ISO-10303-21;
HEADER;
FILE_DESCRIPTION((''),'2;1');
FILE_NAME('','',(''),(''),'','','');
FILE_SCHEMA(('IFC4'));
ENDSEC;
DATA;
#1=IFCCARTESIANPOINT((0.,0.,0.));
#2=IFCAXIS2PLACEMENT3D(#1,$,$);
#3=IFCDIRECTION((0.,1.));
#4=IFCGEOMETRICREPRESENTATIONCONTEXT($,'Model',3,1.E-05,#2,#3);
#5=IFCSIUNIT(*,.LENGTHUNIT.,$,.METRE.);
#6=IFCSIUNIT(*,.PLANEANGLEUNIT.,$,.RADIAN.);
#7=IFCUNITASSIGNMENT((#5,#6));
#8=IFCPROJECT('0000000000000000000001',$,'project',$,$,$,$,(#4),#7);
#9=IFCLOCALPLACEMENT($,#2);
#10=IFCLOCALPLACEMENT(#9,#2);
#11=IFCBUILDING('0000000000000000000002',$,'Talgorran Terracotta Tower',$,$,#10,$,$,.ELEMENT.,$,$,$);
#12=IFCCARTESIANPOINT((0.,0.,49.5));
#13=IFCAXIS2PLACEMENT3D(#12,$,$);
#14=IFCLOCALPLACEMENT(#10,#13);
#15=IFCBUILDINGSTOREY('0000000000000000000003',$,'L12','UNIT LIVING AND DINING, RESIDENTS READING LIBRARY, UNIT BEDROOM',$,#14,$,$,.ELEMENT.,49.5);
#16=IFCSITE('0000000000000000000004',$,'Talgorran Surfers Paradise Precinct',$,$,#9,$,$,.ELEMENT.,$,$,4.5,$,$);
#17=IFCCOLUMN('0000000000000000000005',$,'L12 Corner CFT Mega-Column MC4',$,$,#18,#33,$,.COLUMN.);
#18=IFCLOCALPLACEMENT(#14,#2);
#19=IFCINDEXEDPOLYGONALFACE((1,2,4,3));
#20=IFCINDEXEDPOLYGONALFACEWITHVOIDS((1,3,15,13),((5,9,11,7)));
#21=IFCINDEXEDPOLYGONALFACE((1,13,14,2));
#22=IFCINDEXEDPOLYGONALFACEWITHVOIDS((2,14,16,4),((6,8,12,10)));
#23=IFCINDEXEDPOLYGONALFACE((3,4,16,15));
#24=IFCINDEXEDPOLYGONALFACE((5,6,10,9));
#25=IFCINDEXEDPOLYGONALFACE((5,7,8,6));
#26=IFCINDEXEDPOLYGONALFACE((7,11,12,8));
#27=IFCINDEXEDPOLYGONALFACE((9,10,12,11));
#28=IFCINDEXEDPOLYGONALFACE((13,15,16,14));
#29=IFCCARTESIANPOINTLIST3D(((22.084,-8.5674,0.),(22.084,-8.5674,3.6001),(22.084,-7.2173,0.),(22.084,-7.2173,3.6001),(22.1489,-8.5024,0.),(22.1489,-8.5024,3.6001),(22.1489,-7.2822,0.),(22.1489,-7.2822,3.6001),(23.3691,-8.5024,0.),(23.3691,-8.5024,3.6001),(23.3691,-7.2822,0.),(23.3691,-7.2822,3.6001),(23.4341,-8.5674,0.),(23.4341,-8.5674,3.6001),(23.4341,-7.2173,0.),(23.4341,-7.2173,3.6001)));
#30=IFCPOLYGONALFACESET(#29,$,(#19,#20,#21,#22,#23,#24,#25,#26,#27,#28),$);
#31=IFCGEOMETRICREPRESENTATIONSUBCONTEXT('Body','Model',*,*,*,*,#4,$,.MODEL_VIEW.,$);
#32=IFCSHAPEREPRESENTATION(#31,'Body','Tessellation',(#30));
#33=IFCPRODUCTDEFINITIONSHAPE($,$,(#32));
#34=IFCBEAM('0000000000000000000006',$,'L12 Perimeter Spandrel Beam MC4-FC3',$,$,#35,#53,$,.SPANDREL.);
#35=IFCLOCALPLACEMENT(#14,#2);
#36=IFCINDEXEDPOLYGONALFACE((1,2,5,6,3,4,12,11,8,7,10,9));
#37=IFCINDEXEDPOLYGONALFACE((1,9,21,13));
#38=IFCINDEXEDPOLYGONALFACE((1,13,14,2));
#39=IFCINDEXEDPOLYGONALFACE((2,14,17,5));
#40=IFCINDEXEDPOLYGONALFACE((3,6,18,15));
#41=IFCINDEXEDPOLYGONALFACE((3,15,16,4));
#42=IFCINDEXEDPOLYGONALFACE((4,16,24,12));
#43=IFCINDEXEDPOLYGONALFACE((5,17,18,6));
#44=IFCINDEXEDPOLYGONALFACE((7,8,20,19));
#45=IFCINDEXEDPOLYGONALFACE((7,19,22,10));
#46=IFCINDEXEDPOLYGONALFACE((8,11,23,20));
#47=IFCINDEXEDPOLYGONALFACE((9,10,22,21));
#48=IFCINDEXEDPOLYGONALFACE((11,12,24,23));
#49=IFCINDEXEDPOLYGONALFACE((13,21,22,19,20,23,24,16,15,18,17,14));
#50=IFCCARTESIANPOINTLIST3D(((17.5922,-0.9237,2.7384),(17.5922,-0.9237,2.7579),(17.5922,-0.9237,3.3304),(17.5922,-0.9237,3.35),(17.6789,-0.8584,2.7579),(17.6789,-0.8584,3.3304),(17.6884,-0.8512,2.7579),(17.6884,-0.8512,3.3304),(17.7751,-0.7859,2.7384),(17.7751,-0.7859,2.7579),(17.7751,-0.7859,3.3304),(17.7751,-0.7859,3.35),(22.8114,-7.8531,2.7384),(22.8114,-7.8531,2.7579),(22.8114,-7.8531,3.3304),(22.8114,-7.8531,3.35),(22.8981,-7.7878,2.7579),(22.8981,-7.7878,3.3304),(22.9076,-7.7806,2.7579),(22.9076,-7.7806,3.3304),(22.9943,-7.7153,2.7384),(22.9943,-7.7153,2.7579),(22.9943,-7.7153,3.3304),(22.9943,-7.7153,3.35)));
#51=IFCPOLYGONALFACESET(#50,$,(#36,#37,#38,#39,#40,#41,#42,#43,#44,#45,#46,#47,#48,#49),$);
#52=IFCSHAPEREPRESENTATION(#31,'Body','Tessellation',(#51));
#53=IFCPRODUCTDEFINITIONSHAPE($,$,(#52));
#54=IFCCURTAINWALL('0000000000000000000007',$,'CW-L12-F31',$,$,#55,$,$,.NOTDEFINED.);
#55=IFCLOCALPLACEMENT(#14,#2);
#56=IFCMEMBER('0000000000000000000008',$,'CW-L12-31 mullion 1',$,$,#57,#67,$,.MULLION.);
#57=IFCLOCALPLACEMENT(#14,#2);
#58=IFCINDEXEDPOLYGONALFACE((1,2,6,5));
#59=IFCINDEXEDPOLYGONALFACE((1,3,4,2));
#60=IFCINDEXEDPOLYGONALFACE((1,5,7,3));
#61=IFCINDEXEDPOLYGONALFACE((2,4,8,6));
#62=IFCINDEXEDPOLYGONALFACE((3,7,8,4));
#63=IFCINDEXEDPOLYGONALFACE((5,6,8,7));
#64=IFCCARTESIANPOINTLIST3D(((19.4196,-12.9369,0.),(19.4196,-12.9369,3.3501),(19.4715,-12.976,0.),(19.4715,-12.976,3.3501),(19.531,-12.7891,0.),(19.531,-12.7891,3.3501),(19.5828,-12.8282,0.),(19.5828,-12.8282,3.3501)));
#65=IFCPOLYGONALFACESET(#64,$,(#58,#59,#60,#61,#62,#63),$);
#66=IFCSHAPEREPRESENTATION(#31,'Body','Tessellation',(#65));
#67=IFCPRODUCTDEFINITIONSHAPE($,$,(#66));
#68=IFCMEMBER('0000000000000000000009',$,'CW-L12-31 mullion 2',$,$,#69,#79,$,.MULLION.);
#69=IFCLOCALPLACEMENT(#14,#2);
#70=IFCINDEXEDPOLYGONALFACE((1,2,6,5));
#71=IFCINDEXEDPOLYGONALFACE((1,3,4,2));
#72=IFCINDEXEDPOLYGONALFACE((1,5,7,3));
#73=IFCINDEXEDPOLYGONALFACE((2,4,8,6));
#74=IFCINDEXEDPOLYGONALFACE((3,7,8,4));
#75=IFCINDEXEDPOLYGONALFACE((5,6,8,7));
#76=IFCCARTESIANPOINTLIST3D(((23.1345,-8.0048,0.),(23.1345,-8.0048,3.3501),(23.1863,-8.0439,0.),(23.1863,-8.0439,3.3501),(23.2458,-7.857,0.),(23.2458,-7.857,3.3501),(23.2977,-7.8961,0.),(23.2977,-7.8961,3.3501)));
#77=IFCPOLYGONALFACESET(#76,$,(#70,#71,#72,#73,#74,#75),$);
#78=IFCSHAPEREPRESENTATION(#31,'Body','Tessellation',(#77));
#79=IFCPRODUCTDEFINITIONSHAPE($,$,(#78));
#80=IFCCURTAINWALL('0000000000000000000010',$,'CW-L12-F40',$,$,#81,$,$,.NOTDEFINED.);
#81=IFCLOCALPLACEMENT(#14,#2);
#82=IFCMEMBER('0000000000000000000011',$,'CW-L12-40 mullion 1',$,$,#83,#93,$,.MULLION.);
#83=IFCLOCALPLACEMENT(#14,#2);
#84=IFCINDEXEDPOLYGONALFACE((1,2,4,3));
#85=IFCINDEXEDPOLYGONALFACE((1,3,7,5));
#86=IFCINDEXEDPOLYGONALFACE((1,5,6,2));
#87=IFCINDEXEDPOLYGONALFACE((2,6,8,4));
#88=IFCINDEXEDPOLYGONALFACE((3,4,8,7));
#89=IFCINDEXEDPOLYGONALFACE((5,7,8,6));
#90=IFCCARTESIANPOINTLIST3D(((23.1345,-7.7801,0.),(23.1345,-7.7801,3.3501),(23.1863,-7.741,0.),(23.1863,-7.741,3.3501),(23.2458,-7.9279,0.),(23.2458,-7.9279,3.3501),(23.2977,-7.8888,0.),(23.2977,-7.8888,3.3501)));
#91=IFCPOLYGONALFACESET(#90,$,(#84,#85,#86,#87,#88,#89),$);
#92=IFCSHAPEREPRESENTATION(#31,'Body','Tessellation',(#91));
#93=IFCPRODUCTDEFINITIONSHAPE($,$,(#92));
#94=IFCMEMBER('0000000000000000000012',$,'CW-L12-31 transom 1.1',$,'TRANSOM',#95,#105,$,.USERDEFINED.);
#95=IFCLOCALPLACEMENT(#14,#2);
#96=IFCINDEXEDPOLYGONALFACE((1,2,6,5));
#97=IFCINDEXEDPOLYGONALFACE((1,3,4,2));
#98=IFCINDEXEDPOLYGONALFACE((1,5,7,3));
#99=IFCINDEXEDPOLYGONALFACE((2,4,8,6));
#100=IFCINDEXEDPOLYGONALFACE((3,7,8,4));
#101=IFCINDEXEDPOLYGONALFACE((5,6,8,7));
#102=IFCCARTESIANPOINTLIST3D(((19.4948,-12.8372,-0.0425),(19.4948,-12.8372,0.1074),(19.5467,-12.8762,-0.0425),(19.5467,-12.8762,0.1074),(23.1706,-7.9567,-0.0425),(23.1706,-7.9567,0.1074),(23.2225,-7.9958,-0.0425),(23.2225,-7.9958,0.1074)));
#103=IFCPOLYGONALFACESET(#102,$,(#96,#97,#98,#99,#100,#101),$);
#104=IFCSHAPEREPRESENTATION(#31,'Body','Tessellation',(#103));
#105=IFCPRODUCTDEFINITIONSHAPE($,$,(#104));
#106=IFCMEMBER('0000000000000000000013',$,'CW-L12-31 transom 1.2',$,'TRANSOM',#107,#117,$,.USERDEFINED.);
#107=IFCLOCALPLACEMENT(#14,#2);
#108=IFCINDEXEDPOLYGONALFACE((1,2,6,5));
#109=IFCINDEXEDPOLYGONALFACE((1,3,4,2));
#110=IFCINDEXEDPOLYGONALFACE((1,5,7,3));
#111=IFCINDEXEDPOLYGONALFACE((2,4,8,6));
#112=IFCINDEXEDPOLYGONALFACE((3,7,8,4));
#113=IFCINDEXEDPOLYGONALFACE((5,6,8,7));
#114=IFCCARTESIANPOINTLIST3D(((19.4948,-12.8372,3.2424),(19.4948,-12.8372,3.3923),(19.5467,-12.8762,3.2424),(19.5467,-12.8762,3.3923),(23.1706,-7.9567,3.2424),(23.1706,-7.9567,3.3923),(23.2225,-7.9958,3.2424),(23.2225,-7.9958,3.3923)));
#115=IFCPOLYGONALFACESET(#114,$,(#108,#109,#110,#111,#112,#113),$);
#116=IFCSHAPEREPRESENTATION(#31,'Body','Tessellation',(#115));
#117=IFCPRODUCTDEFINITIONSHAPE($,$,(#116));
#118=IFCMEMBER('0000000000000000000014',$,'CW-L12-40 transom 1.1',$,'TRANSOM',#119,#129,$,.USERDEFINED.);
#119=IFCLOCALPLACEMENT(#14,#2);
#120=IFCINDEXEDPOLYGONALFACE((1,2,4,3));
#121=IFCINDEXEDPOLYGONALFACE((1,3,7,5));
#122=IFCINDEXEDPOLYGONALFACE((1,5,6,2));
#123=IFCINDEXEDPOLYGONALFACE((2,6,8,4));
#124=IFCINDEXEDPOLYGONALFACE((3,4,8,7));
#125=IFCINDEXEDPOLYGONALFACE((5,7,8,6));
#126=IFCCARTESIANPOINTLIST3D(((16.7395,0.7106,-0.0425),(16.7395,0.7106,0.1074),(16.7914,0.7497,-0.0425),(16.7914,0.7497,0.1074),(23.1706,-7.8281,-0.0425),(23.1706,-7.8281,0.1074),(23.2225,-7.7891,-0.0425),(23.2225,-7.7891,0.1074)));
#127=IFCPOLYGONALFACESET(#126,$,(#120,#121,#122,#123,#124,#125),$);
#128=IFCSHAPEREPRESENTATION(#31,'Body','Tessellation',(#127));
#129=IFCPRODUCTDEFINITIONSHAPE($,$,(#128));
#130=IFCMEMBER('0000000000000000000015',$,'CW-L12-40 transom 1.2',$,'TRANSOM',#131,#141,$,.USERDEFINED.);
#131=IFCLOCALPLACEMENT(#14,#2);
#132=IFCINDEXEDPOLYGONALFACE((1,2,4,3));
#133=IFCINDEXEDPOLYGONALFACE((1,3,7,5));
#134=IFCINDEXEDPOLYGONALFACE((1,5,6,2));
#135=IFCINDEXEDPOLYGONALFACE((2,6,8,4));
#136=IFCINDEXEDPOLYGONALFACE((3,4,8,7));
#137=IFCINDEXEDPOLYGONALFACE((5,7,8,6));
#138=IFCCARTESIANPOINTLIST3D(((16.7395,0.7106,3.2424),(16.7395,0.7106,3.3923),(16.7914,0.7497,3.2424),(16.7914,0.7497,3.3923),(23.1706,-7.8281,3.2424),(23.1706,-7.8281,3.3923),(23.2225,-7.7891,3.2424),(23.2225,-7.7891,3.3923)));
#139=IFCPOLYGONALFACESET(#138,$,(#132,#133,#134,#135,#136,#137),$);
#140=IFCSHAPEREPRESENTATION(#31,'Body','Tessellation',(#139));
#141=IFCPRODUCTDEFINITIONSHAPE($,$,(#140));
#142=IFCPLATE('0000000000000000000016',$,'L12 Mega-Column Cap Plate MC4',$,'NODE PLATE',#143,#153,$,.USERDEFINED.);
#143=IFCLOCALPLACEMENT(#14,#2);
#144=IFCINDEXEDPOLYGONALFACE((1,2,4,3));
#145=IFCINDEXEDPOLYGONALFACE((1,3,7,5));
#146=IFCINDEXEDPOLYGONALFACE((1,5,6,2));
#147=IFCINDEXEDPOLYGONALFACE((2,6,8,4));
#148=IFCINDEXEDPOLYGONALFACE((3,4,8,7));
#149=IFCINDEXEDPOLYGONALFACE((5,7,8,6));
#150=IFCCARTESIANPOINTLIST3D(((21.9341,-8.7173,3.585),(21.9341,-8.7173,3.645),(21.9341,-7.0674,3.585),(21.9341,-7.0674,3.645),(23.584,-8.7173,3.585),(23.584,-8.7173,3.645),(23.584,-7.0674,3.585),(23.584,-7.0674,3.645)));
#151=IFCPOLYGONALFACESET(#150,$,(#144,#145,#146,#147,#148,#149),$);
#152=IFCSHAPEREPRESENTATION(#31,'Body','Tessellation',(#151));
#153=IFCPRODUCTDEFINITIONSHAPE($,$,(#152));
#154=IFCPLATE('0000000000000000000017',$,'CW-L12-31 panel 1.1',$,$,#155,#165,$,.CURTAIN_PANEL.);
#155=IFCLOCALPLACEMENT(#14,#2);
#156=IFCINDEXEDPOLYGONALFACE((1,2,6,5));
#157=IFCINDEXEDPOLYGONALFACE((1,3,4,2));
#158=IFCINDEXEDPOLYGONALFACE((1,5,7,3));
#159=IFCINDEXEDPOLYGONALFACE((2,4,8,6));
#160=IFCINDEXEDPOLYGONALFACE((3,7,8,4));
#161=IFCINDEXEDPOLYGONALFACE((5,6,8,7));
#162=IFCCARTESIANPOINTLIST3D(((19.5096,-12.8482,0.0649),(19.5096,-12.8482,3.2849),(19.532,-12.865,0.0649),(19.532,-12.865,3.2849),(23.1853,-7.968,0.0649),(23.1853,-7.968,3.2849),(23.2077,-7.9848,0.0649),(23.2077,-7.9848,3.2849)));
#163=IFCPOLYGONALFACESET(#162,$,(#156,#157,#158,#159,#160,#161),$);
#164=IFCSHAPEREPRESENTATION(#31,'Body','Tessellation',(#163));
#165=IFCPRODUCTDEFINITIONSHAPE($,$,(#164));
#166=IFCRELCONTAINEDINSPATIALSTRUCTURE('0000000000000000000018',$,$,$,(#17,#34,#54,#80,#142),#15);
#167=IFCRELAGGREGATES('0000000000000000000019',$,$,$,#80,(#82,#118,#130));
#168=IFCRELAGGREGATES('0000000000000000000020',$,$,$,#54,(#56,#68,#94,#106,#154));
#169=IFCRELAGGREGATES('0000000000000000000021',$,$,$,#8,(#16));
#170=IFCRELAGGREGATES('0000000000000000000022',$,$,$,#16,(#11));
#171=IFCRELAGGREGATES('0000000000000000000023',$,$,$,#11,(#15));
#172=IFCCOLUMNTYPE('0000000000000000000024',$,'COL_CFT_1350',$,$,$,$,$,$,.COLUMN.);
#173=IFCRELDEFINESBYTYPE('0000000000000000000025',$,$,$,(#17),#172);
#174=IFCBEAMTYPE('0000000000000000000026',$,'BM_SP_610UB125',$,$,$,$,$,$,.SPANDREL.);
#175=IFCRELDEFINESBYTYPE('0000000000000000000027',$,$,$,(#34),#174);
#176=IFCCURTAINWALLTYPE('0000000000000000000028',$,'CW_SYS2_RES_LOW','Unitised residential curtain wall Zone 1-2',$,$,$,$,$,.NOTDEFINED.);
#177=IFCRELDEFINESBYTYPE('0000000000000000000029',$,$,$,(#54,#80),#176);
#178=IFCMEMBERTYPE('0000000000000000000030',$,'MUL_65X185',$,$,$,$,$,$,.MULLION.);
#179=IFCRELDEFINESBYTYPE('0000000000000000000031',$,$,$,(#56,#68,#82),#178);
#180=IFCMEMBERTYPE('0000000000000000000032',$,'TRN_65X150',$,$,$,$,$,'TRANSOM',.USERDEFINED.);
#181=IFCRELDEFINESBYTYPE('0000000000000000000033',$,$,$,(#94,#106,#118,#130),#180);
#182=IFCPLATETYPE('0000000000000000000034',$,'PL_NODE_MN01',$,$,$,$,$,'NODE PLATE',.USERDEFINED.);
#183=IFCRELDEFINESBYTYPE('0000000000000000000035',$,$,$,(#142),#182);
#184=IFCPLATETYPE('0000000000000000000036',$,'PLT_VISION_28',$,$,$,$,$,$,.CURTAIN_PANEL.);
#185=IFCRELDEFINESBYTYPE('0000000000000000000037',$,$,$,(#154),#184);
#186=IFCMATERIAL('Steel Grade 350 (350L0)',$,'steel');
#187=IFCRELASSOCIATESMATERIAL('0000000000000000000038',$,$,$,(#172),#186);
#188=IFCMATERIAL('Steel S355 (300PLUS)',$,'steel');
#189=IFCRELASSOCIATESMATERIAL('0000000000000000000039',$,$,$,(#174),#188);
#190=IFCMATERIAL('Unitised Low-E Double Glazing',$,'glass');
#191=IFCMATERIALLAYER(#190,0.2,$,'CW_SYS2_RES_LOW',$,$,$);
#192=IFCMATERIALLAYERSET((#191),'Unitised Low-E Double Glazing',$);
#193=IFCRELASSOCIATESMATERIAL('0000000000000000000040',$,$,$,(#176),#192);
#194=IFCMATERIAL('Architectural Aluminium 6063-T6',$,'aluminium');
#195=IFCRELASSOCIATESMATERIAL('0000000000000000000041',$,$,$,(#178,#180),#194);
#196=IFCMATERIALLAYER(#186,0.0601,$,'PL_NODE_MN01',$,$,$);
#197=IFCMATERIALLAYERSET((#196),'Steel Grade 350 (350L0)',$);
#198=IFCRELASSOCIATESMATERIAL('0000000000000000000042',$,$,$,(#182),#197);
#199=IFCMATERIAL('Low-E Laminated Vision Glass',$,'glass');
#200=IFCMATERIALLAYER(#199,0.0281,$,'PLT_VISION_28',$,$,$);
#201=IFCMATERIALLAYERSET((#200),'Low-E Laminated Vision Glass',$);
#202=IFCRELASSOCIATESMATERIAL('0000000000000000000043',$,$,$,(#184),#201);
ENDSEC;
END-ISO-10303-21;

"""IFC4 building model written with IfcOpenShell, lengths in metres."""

from ifc_helpers import new_model, si_unit, direction, frame, origin, origin_2d, place, context, subcontext, project, spatial, rectangle, hollow_rectangle, i_section, extrude, source, transform, mapped, material, layer, layer_set, material_profile, profile_set, type_object, type_shapes, element, aggregate, save


model = new_model("IFC4")

# Units and contexts
model_context = context("Model", 3, precision=1e-05, world=origin(), true_north=direction((0.0, 1.0)))
body_context = subcontext(model_context, "Body", "Model", "MODEL_VIEW")
ifc_project = project(units=[si_unit("LENGTHUNIT", "METRE"), si_unit("PLANEANGLEUNIT", "RADIAN")], contexts=[model_context])

# Site, building, storey
site_placement = place(None, origin())
site = spatial("IfcSite", under=ifc_project, at=site_placement, Name="Talgorran Surfers Paradise Precinct", CompositionType="ELEMENT", RefElevation=4.5)
building_placement = place(site_placement, origin())
building = spatial("IfcBuilding", under=site, at=building_placement, Name="Talgorran Terracotta Tower", CompositionType="ELEMENT")
storey_placement = place(building_placement, frame((0.0, 0.0, 49.5)))
storey = spatial("IfcBuildingStorey", under=building, at=storey_placement, Name="L12", Description="UNIT LIVING AND DINING, RESIDENTS READING LIBRARY, UNIT BEDROOM", CompositionType="ELEMENT", Elevation=49.5)

# Column
ifc_material_1 = material(Name="Steel Grade 350 (350L0)", Category="steel")
ifc_material_profile_1 = material_profile(ifc_material_1, hollow_rectangle(XDim=1.3501, YDim=1.3501, WallThickness=0.0649, at=origin_2d()), Name="CFT1350X1350X65")
ifc_profile_set_1 = profile_set([ifc_material_profile_1], Name="Steel Grade 350 (350L0)")
column_type = type_object("IfcColumnType", Name="COL_CFT_1350", PredefinedType="COLUMN", material=ifc_profile_set_1)
column_placement = place(storey_placement, frame((22.759, -7.8923, 0.0), z_axis=(0.0, 0.0, 1.0), x_axis=(1.0, 0.0, 0.0)))
element("IfcColumn", 1, at=column_placement, inside=storey, type_object=column_type, Name="L12 Corner CFT Mega-Column MC4", PredefinedType="COLUMN", context=body_context, shape_type="SweptSolid", body=[
    extrude(hollow_rectangle(XDim=1.3501, YDim=1.3501, WallThickness=0.0649, at=origin_2d()), origin(), (0.0, 0.0, 1.0), 3.6001),
])

# Beam
ifc_material_2 = material(Name="Steel S355 (300PLUS)", Category="steel")
ifc_material_profile_2 = material_profile(ifc_material_2, i_section(OverallWidth=0.229, OverallDepth=0.6116, WebThickness=0.012, FlangeThickness=0.0195, at=origin_2d()), Name="610UB125")
ifc_profile_set_2 = profile_set([ifc_material_profile_2], Name="Steel S355 (300PLUS)")
beam_type = type_object("IfcBeamType", Name="BM_SP_610UB125", PredefinedType="SPANDREL", material=ifc_profile_set_2)
beam_placement = place(storey_placement, frame((22.9028, -7.7842, 3.0442), z_axis=(-0.601633, 0.798772, 0.0), x_axis=(-0.798772, -0.601633, 0.0)))
element("IfcBeam", 2, at=beam_placement, inside=storey, type_object=beam_type, Name="L12 Perimeter Spandrel Beam MC4-FC3", PredefinedType="SPANDREL", context=body_context, shape_type="SweptSolid", body=[
    extrude(i_section(OverallWidth=0.229, OverallDepth=0.6116, WebThickness=0.012, FlangeThickness=0.0195, at=origin_2d()), origin(), (0.0, 0.0, 1.0), 8.675),
])

# Curtain wall, members
ifc_material_3 = material(Name="Unitised Low-E Double Glazing", Category="glass")
ifc_layer_1 = layer(ifc_material_3, 0.2, Name="CW_SYS2_RES_LOW")
ifc_layer_set_1 = layer_set([ifc_layer_1], Name="Unitised Low-E Double Glazing")
curtain_wall_type = type_object("IfcCurtainWallType", Name="CW_SYS2_RES_LOW", Description="Unitised residential curtain wall Zone 1-2", PredefinedType="NOTDEFINED", material=ifc_layer_set_1)
curtain_wall_1_placement = place(storey_placement, origin())
curtain_wall_1 = element("IfcCurtainWall", 3, at=curtain_wall_1_placement, inside=storey, type_object=curtain_wall_type, Name="CW-L12-F31", PredefinedType="NOTDEFINED")
ifc_material_4 = material(Name="Architectural Aluminium 6063-T6", Category="aluminium")
ifc_material_profile_3 = material_profile(ifc_material_4, rectangle(XDim=0.0649, YDim=0.1851, at=origin_2d()), Name="CWM65X185")
ifc_profile_set_3 = profile_set([ifc_material_profile_3], Name="Architectural Aluminium 6063-T6")
member_type_1 = type_object("IfcMemberType", Name="MUL_65X185", PredefinedType="MULLION", material=ifc_profile_set_3)
member_1_placement = place(storey_placement, frame((19.5012, -12.8826, 0.0), z_axis=(0.0, 0.0, 1.0), x_axis=(-0.798773, 0.601632, 0.0)))
member_1 = element("IfcMember", 4, at=member_1_placement, type_object=member_type_1, Name="CW-L12-31 mullion 1", PredefinedType="MULLION", context=body_context, shape_type="SweptSolid", body=[
    extrude(rectangle(XDim=0.0649, YDim=0.1851, at=origin_2d()), origin(), (0.0, 0.0, 1.0), 3.3501),
])
member_2_placement = place(storey_placement, frame((23.2161, -7.9504, 0.0), z_axis=(0.0, 0.0, 1.0), x_axis=(-0.798773, 0.601632, 0.0)))
member_2 = element("IfcMember", 5, at=member_2_placement, type_object=member_type_1, Name="CW-L12-31 mullion 2", PredefinedType="MULLION", context=body_context, shape_type="SweptSolid", body=[
    extrude(rectangle(XDim=0.0649, YDim=0.1851, at=origin_2d()), origin(), (0.0, 0.0, 1.0), 3.3501),
])

# Curtain wall, member
curtain_wall_2_placement = place(storey_placement, origin())
curtain_wall_2 = element("IfcCurtainWall", 6, at=curtain_wall_2_placement, inside=storey, type_object=curtain_wall_type, Name="CW-L12-F40", PredefinedType="NOTDEFINED")
member_3_placement = place(storey_placement, frame((23.2161, -7.8345, 0.0), z_axis=(0.0, 0.0, 1.0), x_axis=(-0.798777, -0.601627, 0.0)))
member_3 = element("IfcMember", 7, at=member_3_placement, type_object=member_type_1, Name="CW-L12-40 mullion 1", PredefinedType="MULLION", context=body_context, shape_type="SweptSolid", body=[
    extrude(rectangle(XDim=0.0649, YDim=0.1851, at=origin_2d()), origin(), (0.0, 0.0, 1.0), 3.3501),
])

# Members
ifc_material_profile_4 = material_profile(ifc_material_4, rectangle(XDim=0.0649, YDim=0.1499, at=origin_2d()), Name="CWT65X150")
ifc_profile_set_4 = profile_set([ifc_material_profile_4], Name="Architectural Aluminium 6063-T6")
member_type_2 = type_object("IfcMemberType", Name="TRN_65X150", ElementType="TRANSOM", PredefinedType="USERDEFINED", material=ifc_profile_set_4)
member_4_placement = place(storey_placement, frame((19.5208, -12.8567, 0.0325), z_axis=(0.601623, 0.79878, 0.0), x_axis=(-0.79878, 0.601623, 0.0)))
member_4 = element("IfcMember", 8, at=member_4_placement, type_object=member_type_2, Name="CW-L12-31 transom 1.1", ObjectType="TRANSOM", PredefinedType="USERDEFINED", context=body_context, shape_type="SweptSolid", body=[
    extrude(rectangle(XDim=0.0649, YDim=0.1499, at=origin_2d()), origin(), (0.0, 0.0, 1.0), 6.1099),
])
member_5_placement = place(storey_placement, frame((19.5208, -12.8567, 3.3174), z_axis=(0.601623, 0.79878, 0.0), x_axis=(-0.79878, 0.601623, 0.0)))
member_5 = element("IfcMember", 9, at=member_5_placement, type_object=member_type_2, Name="CW-L12-31 transom 1.2", ObjectType="TRANSOM", PredefinedType="USERDEFINED", context=body_context, shape_type="SweptSolid", body=[
    extrude(rectangle(XDim=0.0649, YDim=0.1499, at=origin_2d()), origin(), (0.0, 0.0, 1.0), 6.1099),
])
member_6_placement = place(storey_placement, frame((23.1965, -7.8086, 0.0325), z_axis=(-0.601618, 0.798784, 0.0), x_axis=(-0.798784, -0.601618, 0.0)))
member_6 = element("IfcMember", 10, at=member_6_placement, type_object=member_type_2, Name="CW-L12-40 transom 1.1", ObjectType="TRANSOM", PredefinedType="USERDEFINED", context=body_context, shape_type="SweptSolid", body=[
    extrude(rectangle(XDim=0.0649, YDim=0.1499, at=origin_2d()), origin(), (0.0, 0.0, 1.0), 10.6897),
])
member_7_placement = place(storey_placement, frame((23.1965, -7.8086, 3.3174), z_axis=(-0.601618, 0.798784, 0.0), x_axis=(-0.798784, -0.601618, 0.0)))
member_7 = element("IfcMember", 11, at=member_7_placement, type_object=member_type_2, Name="CW-L12-40 transom 1.2", ObjectType="TRANSOM", PredefinedType="USERDEFINED", context=body_context, shape_type="SweptSolid", body=[
    extrude(rectangle(XDim=0.0649, YDim=0.1499, at=origin_2d()), origin(), (0.0, 0.0, 1.0), 10.6897),
])
aggregate(curtain_wall_2, [member_3, member_6, member_7])

# Plates
ifc_layer_2 = layer(ifc_material_1, 0.0601, Name="PL_NODE_MN01")
ifc_layer_set_2 = layer_set([ifc_layer_2], Name="Steel Grade 350 (350L0)")
plate_type_1 = type_object("IfcPlateType", Name="PL_NODE_MN01", ElementType="NODE PLATE", PredefinedType="USERDEFINED", material=ifc_layer_set_2)
plate_1_placement = place(storey_placement, frame((22.759, -7.8923, 3.585), z_axis=(0.0, 0.0, 1.0), x_axis=(1.0, 0.0, 0.0)))
element("IfcPlate", 12, at=plate_1_placement, inside=storey, type_object=plate_type_1, Name="L12 Mega-Column Cap Plate MC4", ObjectType="NODE PLATE", PredefinedType="USERDEFINED", context=body_context, shape_type="SweptSolid", body=[
    extrude(rectangle(XDim=1.6499, YDim=1.6499, at=origin_2d()), origin(), (0.0, 0.0, 1.0), 0.0601),
])
ifc_material_5 = material(Name="Low-E Laminated Vision Glass", Category="glass")
ifc_layer_3 = layer(ifc_material_5, 0.0281, Name="PLT_VISION_28")
ifc_layer_set_3 = layer_set([ifc_layer_3], Name="Low-E Laminated Vision Glass")
plate_type_2 = type_object("IfcPlateType", Name="PLT_VISION_28", PredefinedType="CURTAIN_PANEL", material=ifc_layer_set_3)
shared_shape = source(origin(), body_context, "Body", "SweptSolid", [
    extrude(rectangle(XDim=6.1096, YDim=0.0281, at=origin_2d()), origin(), (0.0, 0.0, 1.0), 3.22),
])
type_shapes(plate_type_2, [shared_shape])
plate_2_placement = place(storey_placement, frame((21.3586, -10.4165, 0.0649), z_axis=(0.0, 0.0, 1.0), x_axis=(0.601632, 0.798773, 0.0)))
plate_2 = element("IfcPlate", 13, at=plate_2_placement, type_object=plate_type_2, Name="CW-L12-31 panel 1.1", PredefinedType="CURTAIN_PANEL", context=body_context, shape_type="MappedRepresentation", body=[
    mapped(shared_shape, transform((0.0, 0.0, 0.0), scale=1.0)),
])
aggregate(curtain_wall_1, [member_1, member_2, member_4, member_5, plate_2])

save(model, "model.ifc")
